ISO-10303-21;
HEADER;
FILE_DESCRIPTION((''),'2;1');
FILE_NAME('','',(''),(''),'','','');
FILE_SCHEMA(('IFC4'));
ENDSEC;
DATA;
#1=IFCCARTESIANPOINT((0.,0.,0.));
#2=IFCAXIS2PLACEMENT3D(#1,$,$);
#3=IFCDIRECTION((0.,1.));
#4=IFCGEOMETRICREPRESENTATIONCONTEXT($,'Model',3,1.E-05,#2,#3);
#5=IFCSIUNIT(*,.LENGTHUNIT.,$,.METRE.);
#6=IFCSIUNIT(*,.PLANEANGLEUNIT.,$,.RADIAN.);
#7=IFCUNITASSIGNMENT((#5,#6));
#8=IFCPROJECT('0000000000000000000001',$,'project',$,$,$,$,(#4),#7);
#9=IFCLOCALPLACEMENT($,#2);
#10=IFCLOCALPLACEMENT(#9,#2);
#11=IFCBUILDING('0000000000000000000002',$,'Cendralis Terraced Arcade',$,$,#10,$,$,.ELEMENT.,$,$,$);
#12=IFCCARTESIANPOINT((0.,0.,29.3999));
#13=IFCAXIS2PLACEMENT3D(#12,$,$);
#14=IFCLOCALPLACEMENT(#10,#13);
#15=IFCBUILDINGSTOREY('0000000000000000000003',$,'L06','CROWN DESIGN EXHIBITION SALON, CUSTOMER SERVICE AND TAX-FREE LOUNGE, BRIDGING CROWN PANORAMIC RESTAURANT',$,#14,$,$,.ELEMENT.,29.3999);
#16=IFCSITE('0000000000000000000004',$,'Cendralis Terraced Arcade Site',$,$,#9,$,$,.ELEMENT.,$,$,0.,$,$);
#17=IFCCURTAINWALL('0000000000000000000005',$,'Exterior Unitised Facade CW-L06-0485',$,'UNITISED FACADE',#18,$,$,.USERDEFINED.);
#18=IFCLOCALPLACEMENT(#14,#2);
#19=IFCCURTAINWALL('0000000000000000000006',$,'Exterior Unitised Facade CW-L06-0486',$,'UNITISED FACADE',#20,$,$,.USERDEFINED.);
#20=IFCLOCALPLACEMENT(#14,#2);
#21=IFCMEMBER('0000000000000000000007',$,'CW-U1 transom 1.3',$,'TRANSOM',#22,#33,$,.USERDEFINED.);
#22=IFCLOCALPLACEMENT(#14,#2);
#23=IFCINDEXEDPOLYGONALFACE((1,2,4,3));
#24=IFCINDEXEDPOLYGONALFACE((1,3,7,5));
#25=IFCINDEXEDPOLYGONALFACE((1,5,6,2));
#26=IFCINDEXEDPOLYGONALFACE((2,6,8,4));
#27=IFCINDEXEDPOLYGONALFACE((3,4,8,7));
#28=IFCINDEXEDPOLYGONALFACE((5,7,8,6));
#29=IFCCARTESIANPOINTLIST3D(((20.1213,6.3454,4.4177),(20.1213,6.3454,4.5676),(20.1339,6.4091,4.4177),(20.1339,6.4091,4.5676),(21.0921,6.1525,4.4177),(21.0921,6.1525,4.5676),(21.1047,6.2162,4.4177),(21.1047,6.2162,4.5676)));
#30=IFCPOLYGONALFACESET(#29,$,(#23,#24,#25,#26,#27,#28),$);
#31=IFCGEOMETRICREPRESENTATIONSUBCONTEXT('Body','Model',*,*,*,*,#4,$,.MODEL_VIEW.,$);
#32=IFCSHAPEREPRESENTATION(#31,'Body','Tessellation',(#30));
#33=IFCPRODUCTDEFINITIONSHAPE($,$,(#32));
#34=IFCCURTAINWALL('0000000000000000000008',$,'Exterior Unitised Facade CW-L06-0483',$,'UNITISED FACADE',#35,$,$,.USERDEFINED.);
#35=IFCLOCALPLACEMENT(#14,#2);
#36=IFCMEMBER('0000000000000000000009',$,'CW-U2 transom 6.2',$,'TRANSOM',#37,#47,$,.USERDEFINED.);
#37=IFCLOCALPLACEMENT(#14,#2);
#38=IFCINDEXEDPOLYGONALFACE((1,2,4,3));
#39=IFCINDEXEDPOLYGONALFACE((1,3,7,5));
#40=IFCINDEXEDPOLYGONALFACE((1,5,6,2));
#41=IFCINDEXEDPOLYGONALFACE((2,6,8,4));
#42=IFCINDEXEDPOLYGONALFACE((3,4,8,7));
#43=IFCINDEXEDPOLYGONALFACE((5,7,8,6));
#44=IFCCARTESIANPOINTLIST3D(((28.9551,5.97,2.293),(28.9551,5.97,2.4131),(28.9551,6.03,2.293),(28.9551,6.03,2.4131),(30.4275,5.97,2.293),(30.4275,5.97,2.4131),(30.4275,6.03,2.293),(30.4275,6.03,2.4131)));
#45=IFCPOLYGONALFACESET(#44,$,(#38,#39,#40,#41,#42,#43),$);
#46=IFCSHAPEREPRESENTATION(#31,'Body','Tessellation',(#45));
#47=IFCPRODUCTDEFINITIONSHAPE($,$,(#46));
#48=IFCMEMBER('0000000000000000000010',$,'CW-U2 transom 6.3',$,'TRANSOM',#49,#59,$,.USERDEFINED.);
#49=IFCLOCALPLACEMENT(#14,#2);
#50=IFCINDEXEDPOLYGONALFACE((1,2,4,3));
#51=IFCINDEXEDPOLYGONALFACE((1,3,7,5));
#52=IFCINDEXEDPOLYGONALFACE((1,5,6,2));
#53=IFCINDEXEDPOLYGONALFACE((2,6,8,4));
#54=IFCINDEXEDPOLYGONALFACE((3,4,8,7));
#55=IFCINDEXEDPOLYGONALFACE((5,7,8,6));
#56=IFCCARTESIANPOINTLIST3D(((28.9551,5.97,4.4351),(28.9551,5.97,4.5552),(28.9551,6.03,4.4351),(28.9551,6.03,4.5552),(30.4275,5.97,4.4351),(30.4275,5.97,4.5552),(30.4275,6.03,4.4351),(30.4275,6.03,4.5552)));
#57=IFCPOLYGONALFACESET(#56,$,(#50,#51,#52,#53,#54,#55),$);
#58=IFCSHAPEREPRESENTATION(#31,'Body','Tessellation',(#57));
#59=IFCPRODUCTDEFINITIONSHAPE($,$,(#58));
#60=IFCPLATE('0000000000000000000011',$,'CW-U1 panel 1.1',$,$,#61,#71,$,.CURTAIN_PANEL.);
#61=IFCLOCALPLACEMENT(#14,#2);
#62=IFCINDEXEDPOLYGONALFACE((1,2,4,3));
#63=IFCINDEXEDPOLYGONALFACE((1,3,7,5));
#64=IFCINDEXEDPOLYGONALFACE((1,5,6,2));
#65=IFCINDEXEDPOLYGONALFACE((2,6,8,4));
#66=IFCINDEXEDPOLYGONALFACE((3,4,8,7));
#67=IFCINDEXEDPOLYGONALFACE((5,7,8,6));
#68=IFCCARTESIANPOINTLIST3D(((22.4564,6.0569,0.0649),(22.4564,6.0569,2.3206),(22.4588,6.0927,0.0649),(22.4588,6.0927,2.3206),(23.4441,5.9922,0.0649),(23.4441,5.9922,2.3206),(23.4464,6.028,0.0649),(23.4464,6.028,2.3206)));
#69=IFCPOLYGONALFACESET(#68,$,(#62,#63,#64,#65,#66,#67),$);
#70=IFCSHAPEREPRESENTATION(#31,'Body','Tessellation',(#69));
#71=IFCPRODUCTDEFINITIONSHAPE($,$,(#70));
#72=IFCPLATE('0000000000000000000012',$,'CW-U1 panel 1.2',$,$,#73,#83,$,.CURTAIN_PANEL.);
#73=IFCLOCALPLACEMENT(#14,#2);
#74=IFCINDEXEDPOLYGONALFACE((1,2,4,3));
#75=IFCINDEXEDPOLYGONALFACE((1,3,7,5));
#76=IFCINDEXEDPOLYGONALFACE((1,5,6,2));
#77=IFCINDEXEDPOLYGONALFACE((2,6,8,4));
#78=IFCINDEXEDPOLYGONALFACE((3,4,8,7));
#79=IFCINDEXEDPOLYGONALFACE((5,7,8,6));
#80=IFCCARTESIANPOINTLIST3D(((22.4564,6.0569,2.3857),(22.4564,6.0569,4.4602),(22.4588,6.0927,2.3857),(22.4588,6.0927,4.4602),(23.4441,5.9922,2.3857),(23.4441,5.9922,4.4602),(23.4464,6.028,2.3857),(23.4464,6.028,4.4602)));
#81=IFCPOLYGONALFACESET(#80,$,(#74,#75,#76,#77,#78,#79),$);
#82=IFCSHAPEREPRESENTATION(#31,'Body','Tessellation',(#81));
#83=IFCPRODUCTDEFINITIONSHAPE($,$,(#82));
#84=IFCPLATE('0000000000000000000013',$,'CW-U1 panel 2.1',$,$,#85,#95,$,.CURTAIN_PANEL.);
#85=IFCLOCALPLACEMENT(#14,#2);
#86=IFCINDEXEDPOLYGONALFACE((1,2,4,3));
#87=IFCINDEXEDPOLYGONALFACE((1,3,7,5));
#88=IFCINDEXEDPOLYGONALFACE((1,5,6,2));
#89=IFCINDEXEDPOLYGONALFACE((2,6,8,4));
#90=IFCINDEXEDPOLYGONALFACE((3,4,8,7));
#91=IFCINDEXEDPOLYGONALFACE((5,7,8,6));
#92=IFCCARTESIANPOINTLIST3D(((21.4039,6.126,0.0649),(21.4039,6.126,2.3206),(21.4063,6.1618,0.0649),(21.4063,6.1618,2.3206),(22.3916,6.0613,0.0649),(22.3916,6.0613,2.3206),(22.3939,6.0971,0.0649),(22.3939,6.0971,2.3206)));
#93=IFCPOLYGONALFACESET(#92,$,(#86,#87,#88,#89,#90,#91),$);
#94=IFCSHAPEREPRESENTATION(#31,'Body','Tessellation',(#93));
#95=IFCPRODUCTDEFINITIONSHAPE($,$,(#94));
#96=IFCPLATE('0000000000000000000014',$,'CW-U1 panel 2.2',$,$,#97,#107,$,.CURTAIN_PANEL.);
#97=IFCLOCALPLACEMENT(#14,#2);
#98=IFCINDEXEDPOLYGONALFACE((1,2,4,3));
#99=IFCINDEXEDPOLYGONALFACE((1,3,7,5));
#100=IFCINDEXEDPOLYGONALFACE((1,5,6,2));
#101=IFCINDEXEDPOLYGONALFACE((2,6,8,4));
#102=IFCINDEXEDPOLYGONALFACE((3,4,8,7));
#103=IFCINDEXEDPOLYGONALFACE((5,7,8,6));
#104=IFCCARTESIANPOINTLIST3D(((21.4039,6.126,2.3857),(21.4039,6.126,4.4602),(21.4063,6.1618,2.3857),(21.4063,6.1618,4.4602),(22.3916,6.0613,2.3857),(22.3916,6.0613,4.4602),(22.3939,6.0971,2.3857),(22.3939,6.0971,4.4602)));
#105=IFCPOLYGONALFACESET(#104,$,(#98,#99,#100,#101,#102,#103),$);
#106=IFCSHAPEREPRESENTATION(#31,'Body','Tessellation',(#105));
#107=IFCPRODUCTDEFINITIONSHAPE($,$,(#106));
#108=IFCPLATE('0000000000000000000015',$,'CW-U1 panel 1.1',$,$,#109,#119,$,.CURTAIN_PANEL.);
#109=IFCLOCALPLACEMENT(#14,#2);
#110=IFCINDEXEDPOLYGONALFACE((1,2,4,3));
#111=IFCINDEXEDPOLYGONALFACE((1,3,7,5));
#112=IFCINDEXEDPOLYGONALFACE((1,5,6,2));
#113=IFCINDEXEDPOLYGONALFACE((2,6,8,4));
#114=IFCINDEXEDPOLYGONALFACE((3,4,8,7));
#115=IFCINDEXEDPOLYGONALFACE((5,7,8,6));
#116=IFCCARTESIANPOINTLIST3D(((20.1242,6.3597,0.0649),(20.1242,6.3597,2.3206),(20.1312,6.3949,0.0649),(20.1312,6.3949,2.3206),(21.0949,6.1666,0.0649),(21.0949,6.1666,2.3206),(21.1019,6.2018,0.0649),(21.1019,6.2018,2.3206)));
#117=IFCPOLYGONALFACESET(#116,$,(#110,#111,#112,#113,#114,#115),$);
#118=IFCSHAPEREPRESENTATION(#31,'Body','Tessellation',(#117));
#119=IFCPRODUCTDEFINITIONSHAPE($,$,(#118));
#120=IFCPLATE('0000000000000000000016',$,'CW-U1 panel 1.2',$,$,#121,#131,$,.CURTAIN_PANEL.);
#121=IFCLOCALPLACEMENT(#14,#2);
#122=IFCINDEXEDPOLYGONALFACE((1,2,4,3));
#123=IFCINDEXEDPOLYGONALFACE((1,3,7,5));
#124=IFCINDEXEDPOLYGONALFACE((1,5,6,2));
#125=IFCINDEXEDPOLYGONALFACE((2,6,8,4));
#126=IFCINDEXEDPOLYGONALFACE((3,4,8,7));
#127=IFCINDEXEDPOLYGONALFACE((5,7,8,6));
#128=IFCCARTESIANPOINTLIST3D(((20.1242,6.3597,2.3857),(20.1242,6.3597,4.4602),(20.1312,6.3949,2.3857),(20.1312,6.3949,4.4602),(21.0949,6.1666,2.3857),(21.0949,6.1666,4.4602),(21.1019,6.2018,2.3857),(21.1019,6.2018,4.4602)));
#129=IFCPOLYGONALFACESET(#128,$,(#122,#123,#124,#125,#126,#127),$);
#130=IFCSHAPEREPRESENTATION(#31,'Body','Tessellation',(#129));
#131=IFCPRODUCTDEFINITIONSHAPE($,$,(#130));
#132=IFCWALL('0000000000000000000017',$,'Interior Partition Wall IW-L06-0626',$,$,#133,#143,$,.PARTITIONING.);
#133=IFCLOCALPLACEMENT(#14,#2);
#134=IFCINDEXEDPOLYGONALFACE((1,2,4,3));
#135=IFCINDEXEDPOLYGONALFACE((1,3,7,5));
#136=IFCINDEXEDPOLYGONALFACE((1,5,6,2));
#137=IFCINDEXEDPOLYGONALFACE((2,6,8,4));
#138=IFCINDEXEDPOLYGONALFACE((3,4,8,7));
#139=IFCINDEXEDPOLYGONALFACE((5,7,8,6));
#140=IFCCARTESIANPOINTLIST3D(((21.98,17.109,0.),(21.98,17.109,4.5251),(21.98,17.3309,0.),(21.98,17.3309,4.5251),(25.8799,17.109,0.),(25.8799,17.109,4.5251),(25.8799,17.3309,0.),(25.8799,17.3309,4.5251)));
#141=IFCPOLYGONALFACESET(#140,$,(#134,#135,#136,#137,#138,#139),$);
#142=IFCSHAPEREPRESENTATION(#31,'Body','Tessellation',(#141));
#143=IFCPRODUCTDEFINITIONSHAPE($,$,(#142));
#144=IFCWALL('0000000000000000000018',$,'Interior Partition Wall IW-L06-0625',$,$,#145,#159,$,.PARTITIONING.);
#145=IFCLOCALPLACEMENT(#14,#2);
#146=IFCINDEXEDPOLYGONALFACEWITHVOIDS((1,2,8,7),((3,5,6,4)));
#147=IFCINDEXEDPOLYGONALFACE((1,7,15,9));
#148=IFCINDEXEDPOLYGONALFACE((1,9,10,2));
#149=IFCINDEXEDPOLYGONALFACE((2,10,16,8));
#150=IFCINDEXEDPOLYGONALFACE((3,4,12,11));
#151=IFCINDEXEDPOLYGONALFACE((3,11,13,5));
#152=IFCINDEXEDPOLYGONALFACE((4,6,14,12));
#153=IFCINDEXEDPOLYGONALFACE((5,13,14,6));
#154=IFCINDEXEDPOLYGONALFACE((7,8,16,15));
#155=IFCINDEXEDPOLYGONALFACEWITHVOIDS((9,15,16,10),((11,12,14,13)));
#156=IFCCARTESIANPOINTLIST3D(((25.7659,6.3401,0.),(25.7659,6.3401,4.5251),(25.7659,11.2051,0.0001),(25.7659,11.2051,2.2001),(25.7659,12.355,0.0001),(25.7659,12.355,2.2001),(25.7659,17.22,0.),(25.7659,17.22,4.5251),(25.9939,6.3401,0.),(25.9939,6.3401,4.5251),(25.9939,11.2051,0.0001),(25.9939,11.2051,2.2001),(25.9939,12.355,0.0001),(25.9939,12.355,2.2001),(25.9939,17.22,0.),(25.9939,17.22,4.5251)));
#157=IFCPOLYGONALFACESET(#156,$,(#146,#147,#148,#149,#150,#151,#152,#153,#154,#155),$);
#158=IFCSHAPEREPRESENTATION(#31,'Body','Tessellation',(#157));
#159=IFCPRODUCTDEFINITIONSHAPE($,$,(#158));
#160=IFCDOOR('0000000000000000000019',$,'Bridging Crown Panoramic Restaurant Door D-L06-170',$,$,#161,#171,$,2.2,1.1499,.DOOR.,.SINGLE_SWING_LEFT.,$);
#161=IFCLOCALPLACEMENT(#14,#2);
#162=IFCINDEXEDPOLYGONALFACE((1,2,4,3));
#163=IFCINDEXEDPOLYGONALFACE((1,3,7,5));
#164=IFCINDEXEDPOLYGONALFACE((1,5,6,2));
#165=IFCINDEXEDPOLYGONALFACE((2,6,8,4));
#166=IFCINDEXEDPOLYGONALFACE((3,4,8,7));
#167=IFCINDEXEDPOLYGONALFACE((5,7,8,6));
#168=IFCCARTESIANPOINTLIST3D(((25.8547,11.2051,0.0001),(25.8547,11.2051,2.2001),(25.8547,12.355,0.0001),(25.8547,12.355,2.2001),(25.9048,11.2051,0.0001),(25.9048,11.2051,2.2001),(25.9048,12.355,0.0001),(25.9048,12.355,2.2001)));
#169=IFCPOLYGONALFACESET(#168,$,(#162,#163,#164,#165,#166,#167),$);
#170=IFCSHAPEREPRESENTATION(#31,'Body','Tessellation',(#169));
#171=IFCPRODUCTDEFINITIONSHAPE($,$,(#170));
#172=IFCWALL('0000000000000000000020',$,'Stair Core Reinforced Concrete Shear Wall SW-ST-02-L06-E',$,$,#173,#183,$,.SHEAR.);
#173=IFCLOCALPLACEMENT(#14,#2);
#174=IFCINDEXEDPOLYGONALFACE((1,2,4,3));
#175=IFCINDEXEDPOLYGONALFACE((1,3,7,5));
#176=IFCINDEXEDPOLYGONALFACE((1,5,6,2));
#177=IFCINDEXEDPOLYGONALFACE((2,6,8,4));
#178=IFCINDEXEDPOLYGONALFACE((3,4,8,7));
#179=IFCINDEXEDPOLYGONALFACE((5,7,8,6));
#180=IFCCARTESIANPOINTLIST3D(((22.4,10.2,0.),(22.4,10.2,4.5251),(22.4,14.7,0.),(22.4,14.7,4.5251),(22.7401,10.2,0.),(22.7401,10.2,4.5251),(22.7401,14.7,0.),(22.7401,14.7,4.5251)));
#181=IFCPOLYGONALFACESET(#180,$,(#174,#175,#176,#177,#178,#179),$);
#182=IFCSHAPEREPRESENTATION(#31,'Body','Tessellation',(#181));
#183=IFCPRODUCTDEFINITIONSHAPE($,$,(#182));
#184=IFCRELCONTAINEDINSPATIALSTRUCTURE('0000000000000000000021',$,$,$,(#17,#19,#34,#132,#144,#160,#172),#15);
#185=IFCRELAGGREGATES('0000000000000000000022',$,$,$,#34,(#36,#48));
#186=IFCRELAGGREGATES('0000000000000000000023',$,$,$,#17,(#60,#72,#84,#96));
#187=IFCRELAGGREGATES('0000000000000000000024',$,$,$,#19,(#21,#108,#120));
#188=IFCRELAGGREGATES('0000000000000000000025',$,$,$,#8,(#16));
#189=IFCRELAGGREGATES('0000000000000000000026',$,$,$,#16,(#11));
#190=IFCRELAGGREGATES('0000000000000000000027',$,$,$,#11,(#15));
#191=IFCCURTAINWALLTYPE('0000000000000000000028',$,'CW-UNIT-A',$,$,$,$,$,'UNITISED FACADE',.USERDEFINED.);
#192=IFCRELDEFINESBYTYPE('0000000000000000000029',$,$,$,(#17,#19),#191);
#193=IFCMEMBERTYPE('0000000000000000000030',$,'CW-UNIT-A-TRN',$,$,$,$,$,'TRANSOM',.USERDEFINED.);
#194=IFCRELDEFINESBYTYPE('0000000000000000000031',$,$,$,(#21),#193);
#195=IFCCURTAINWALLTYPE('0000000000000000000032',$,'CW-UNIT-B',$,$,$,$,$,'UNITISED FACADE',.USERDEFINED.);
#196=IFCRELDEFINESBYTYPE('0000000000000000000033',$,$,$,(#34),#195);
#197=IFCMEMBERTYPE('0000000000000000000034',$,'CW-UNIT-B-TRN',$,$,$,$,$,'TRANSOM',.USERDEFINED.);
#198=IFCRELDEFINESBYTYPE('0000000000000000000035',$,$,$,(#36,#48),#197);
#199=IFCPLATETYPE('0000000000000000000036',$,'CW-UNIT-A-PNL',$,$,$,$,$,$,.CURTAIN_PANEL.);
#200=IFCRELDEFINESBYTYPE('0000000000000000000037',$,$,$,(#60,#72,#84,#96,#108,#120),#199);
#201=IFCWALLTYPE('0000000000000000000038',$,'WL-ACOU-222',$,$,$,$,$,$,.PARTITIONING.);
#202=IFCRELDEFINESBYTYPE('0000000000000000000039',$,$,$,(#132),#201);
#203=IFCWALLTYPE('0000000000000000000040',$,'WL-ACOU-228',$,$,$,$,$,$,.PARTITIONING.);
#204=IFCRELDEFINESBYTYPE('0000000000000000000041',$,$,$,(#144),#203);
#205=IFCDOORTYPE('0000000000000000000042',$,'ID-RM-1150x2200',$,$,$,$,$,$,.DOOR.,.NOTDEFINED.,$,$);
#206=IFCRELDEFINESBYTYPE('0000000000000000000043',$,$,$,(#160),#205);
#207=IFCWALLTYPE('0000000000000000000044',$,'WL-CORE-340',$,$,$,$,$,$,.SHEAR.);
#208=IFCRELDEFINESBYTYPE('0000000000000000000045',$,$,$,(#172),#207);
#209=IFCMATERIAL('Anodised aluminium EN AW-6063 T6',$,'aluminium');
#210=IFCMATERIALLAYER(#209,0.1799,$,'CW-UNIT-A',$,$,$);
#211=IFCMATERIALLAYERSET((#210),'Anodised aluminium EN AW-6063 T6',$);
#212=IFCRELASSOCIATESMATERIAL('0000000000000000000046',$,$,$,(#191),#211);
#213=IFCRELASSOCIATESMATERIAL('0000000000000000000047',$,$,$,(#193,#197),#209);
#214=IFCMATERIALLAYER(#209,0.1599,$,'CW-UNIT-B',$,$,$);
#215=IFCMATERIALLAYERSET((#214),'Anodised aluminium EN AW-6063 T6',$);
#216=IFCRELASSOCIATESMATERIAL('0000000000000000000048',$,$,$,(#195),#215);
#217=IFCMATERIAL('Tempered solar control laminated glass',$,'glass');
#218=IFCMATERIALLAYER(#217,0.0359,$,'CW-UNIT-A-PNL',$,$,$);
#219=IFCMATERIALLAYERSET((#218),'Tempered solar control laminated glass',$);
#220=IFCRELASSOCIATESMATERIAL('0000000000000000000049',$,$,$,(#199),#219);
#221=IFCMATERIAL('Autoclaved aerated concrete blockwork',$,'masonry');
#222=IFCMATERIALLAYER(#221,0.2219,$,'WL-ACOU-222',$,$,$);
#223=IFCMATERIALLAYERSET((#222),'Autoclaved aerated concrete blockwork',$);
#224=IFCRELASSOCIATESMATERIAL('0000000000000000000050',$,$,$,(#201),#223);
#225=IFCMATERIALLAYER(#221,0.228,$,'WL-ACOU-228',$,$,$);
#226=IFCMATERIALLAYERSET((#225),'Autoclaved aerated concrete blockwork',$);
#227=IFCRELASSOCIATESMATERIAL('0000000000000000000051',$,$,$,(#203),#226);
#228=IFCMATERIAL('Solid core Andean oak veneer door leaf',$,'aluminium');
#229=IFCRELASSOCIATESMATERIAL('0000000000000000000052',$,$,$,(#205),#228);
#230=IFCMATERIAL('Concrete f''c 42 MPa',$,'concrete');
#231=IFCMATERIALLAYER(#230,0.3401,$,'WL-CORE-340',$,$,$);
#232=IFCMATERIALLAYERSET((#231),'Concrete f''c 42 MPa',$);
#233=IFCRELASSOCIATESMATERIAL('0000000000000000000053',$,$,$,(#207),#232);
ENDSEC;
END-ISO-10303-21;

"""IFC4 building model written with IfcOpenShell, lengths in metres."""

from ifc_helpers import new_model, si_unit, direction, frame, frame_2d, origin, origin_2d, place, context, subcontext, project, spatial, rectangle, extrude, material, layer, layer_set, material_profile, profile_set, type_object, element, fill, aggregate, save


model = new_model("IFC4")

# Units and contexts
model_context = context("Model", 3, precision=1e-05, world=origin(), true_north=direction((0.0, 1.0)))
body_context = subcontext(model_context, "Body", "Model", "MODEL_VIEW")
ifc_project = project(units=[si_unit("LENGTHUNIT", "METRE"), si_unit("PLANEANGLEUNIT", "RADIAN")], contexts=[model_context])

# Site, building, storey
site_placement = place(None, origin())
site = spatial("IfcSite", under=ifc_project, at=site_placement, Name="Cendralis Terraced Arcade Site", CompositionType="ELEMENT", RefElevation=0.0)
building_placement = place(site_placement, origin())
building = spatial("IfcBuilding", under=site, at=building_placement, Name="Cendralis Terraced Arcade", CompositionType="ELEMENT")
storey_placement = place(building_placement, frame((0.0, 0.0, 29.3999)))
storey = spatial("IfcBuildingStorey", under=building, at=storey_placement, Name="L06", Description="CROWN DESIGN EXHIBITION SALON, CUSTOMER SERVICE AND TAX-FREE LOUNGE, BRIDGING CROWN PANORAMIC RESTAURANT", CompositionType="ELEMENT", Elevation=29.3999)

# Shared definitions
ifc_material_1 = material(Name="Concrete f'c 42 MPa", Category="concrete")

# Curtain walls
ifc_material_2 = material(Name="Anodised aluminium EN AW-6063 T6", Category="aluminium")
ifc_layer_1 = layer(ifc_material_2, 0.1799, Name="CW-UNIT-A")
ifc_layer_set_1 = layer_set([ifc_layer_1], Name="Anodised aluminium EN AW-6063 T6")
curtain_wall_type_1 = type_object("IfcCurtainWallType", Name="CW-UNIT-A", ElementType="UNITISED FACADE", PredefinedType="USERDEFINED", material=ifc_layer_set_1)
curtain_wall_1_placement = place(storey_placement, origin())
curtain_wall_1 = element("IfcCurtainWall", 1, at=curtain_wall_1_placement, inside=storey, type_object=curtain_wall_type_1, Name="Exterior Unitised Facade CW-L06-0485", ObjectType="UNITISED FACADE", PredefinedType="USERDEFINED")
curtain_wall_2_placement = place(storey_placement, origin())
curtain_wall_2 = element("IfcCurtainWall", 2, at=curtain_wall_2_placement, inside=storey, type_object=curtain_wall_type_1, Name="Exterior Unitised Facade CW-L06-0486", ObjectType="UNITISED FACADE", PredefinedType="USERDEFINED")

# Member
ifc_material_profile_1 = material_profile(ifc_material_2, rectangle(XDim=0.0649, YDim=0.1499, at=origin_2d()), Name="ALU-TRN-65x150")
ifc_profile_set_1 = profile_set([ifc_material_profile_1], Name="Anodised aluminium EN AW-6063 T6")
member_type_1 = type_object("IfcMemberType", Name="CW-UNIT-A-TRN", ElementType="TRANSOM", PredefinedType="USERDEFINED", material=ifc_profile_set_1)
member_1_placement = place(storey_placement, frame((21.0984, 6.1843, 4.4927), z_axis=(-0.980827, 0.194883, 0.0), x_axis=(-0.194883, -0.980827, 0.0)))
member_1 = element("IfcMember", 3, at=member_1_placement, type_object=member_type_1, Name="CW-U1 transom 1.3", ObjectType="TRANSOM", PredefinedType="USERDEFINED", context=body_context, shape_type="SweptSolid", body=[
    extrude(rectangle(XDim=0.0649, YDim=0.1499, at=origin_2d()), origin(), (0.0, 0.0, 1.0), 0.9897),
])

# Curtain wall, members
ifc_layer_2 = layer(ifc_material_2, 0.1599, Name="CW-UNIT-B")
ifc_layer_set_2 = layer_set([ifc_layer_2], Name="Anodised aluminium EN AW-6063 T6")
curtain_wall_type_2 = type_object("IfcCurtainWallType", Name="CW-UNIT-B", ElementType="UNITISED FACADE", PredefinedType="USERDEFINED", material=ifc_layer_set_2)
curtain_wall_3_placement = place(storey_placement, origin())
curtain_wall_3 = element("IfcCurtainWall", 4, at=curtain_wall_3_placement, inside=storey, type_object=curtain_wall_type_2, Name="Exterior Unitised Facade CW-L06-0483", ObjectType="UNITISED FACADE", PredefinedType="USERDEFINED")
ifc_material_profile_2 = material_profile(ifc_material_2, rectangle(XDim=0.0601, YDim=0.1201, at=origin_2d()), Name="ALU-TRN-60x120")
ifc_profile_set_2 = profile_set([ifc_material_profile_2], Name="Anodised aluminium EN AW-6063 T6")
member_type_2 = type_object("IfcMemberType", Name="CW-UNIT-B-TRN", ElementType="TRANSOM", PredefinedType="USERDEFINED", material=ifc_profile_set_2)
member_2_placement = place(storey_placement, frame((30.4275, 6.0, 2.353), z_axis=(-1.0, 0.0, 0.0), x_axis=(0.0, -1.0, 0.0)))
member_2 = element("IfcMember", 5, at=member_2_placement, type_object=member_type_2, Name="CW-U2 transom 6.2", ObjectType="TRANSOM", PredefinedType="USERDEFINED", context=body_context, shape_type="SweptSolid", body=[
    extrude(rectangle(XDim=0.0601, YDim=0.1201, at=origin_2d()), origin(), (0.0, 0.0, 1.0), 1.4724),
])
member_3_placement = place(storey_placement, frame((30.4275, 6.0, 4.4951), z_axis=(-1.0, 0.0, 0.0), x_axis=(0.0, -1.0, 0.0)))
member_3 = element("IfcMember", 6, at=member_3_placement, type_object=member_type_2, Name="CW-U2 transom 6.3", ObjectType="TRANSOM", PredefinedType="USERDEFINED", context=body_context, shape_type="SweptSolid", body=[
    extrude(rectangle(XDim=0.0601, YDim=0.1201, at=origin_2d()), origin(), (0.0, 0.0, 1.0), 1.4724),
])
aggregate(curtain_wall_3, [member_2, member_3])

# Plates
ifc_material_3 = material(Name="Tempered solar control laminated glass", Category="glass")
ifc_layer_3 = layer(ifc_material_3, 0.0359, Name="CW-UNIT-A-PNL")
ifc_layer_set_3 = layer_set([ifc_layer_3], Name="Tempered solar control laminated glass")
plate_type = type_object("IfcPlateType", Name="CW-UNIT-A-PNL", PredefinedType="CURTAIN_PANEL", material=ifc_layer_set_3)
plate_1_placement = place(storey_placement, frame((22.9514, 6.0425, 0.0649), z_axis=(0.0, 0.0, 1.0), x_axis=(-0.99786, 0.065393, 0.0)))
plate_1 = element("IfcPlate", 7, at=plate_1_placement, type_object=plate_type, Name="CW-U1 panel 1.1", PredefinedType="CURTAIN_PANEL", context=body_context, shape_type="SweptSolid", body=[
    extrude(rectangle(XDim=0.9897, YDim=0.0359, at=origin_2d()), origin(), (0.0, 0.0, 1.0), 2.2556),
])
plate_2_placement = place(storey_placement, frame((22.9514, 6.0425, 2.3857), z_axis=(0.0, 0.0, 1.0), x_axis=(-0.99786, 0.065393, 0.0)))
plate_2 = element("IfcPlate", 8, at=plate_2_placement, type_object=plate_type, Name="CW-U1 panel 1.2", PredefinedType="CURTAIN_PANEL", context=body_context, shape_type="SweptSolid", body=[
    extrude(rectangle(XDim=0.9897, YDim=0.0359, at=origin_2d()), origin(), (0.0, 0.0, 1.0), 2.0745),
])
plate_3_placement = place(storey_placement, frame((21.8989, 6.1116, 0.0649), z_axis=(0.0, 0.0, 1.0), x_axis=(-0.99786, 0.065393, 0.0)))
plate_3 = element("IfcPlate", 9, at=plate_3_placement, type_object=plate_type, Name="CW-U1 panel 2.1", PredefinedType="CURTAIN_PANEL", context=body_context, shape_type="SweptSolid", body=[
    extrude(rectangle(XDim=0.9897, YDim=0.0359, at=origin_2d()), origin(), (0.0, 0.0, 1.0), 2.2556),
])
plate_4_placement = place(storey_placement, frame((21.8989, 6.1116, 2.3857), z_axis=(0.0, 0.0, 1.0), x_axis=(-0.99786, 0.065393, 0.0)))
plate_4 = element("IfcPlate", 10, at=plate_4_placement, type_object=plate_type, Name="CW-U1 panel 2.2", PredefinedType="CURTAIN_PANEL", context=body_context, shape_type="SweptSolid", body=[
    extrude(rectangle(XDim=0.9897, YDim=0.0359, at=origin_2d()), origin(), (0.0, 0.0, 1.0), 2.0745),
])
aggregate(curtain_wall_1, [plate_1, plate_2, plate_3, plate_4])
plate_5_placement = place(storey_placement, frame((20.613, 6.2808, 0.0649), z_axis=(0.0, 0.0, 1.0), x_axis=(-0.980794, 0.195046, 0.0)))
plate_5 = element("IfcPlate", 11, at=plate_5_placement, type_object=plate_type, Name="CW-U1 panel 1.1", PredefinedType="CURTAIN_PANEL", context=body_context, shape_type="SweptSolid", body=[
    extrude(rectangle(XDim=0.9897, YDim=0.0359, at=origin_2d()), origin(), (0.0, 0.0, 1.0), 2.2556),
])
plate_6_placement = place(storey_placement, frame((20.613, 6.2808, 2.3857), z_axis=(0.0, 0.0, 1.0), x_axis=(-0.980794, 0.195046, 0.0)))
plate_6 = element("IfcPlate", 12, at=plate_6_placement, type_object=plate_type, Name="CW-U1 panel 1.2", PredefinedType="CURTAIN_PANEL", context=body_context, shape_type="SweptSolid", body=[
    extrude(rectangle(XDim=0.9897, YDim=0.0359, at=origin_2d()), origin(), (0.0, 0.0, 1.0), 2.0745),
])
aggregate(curtain_wall_2, [member_1, plate_5, plate_6])

# Wall
ifc_material_4 = material(Name="Autoclaved aerated concrete blockwork", Category="masonry")
ifc_layer_4 = layer(ifc_material_4, 0.2219, Name="WL-ACOU-222")
ifc_layer_set_4 = layer_set([ifc_layer_4], Name="Autoclaved aerated concrete blockwork")
wall_type_1 = type_object("IfcWallType", Name="WL-ACOU-222", PredefinedType="PARTITIONING", material=ifc_layer_set_4)
wall_1_placement = place(storey_placement, frame((21.98, 17.22, 0.0), z_axis=(0.0, 0.0, 1.0), x_axis=(1.0, 0.0, 0.0)))
element("IfcWall", 13, at=wall_1_placement, inside=storey, type_object=wall_type_1, Name="Interior Partition Wall IW-L06-0626", PredefinedType="PARTITIONING", context=body_context, shape_type="SweptSolid", body=[
    extrude(rectangle(XDim=3.8999, YDim=0.2219, at=frame_2d((1.95, 0.0))), origin(), (0.0, 0.0, 1.0), 4.5251),
])

# Wall, opening, door
ifc_layer_5 = layer(ifc_material_4, 0.228, Name="WL-ACOU-228")
ifc_layer_set_5 = layer_set([ifc_layer_5], Name="Autoclaved aerated concrete blockwork")
wall_type_2 = type_object("IfcWallType", Name="WL-ACOU-228", PredefinedType="PARTITIONING", material=ifc_layer_set_5)
wall_2_placement = place(storey_placement, frame((25.8799, 17.22, 0.0), z_axis=(0.0, 0.0, 1.0), x_axis=(0.0, -1.0, 0.0)))
wall_2 = element("IfcWall", 14, at=wall_2_placement, inside=storey, type_object=wall_type_2, Name="Interior Partition Wall IW-L06-0625", PredefinedType="PARTITIONING", context=body_context, shape_type="SweptSolid", body=[
    extrude(rectangle(XDim=10.8799, YDim=0.228, at=frame_2d((5.4399, 0.0))), origin(), (0.0, 0.0, 1.0), 4.5251),
])
opening_1_placement = place(wall_2_placement, frame((4.865, 0.0, 0.0)))
opening_1 = element("IfcOpeningElement", 15, at=opening_1_placement, cuts=wall_2, PredefinedType="OPENING", context=body_context, shape_type="SweptSolid", body=[
    extrude(rectangle(XDim=1.1499, YDim=2.2, at=frame_2d((0.575, 1.1001))), frame((0.0, 0.126, 0.0), z_axis=(0.0, -1.0, 0.0), x_axis=(1.0, 0.0, 0.0)), (0.0, 0.0, 1.0), 0.252),
])
ifc_material_5 = material(Name="Solid core Andean oak veneer door leaf", Category="aluminium")
door_type_1 = type_object("IfcDoorType", Name="ID-RM-1150x2200", OperationType="NOTDEFINED", PredefinedType="DOOR", material=ifc_material_5)
door_1_placement = place(opening_1_placement, origin())
door_1 = element("IfcDoor", 16, at=door_1_placement, inside=storey, type_object=door_type_1, Name="Bridging Crown Panoramic Restaurant Door D-L06-170", OperationType="SINGLE_SWING_LEFT", OverallHeight=2.2, OverallWidth=1.1499, PredefinedType="DOOR", context=body_context, shape_type="SweptSolid", body=[
    extrude(rectangle(XDim=1.1499, YDim=2.2, at=frame_2d((0.575, 1.1001))), frame((0.0, 0.0249, 0.0), z_axis=(0.0, -1.0, 0.0), x_axis=(1.0, 0.0, 0.0)), (0.0, 0.0, 1.0), 0.05),
])
fill(opening_1, door_1)

# Wall
ifc_layer_6 = layer(ifc_material_1, 0.3401, Name="WL-CORE-340")
ifc_layer_set_6 = layer_set([ifc_layer_6], Name="Concrete f'c 42 MPa")
wall_type_3 = type_object("IfcWallType", Name="WL-CORE-340", PredefinedType="SHEAR", material=ifc_layer_set_6)
wall_3_placement = place(storey_placement, frame((22.5701, 10.2, 0.0), z_axis=(0.0, 0.0, 1.0), x_axis=(0.0, 1.0, 0.0)))
element("IfcWall", 17, at=wall_3_placement, inside=storey, type_object=wall_type_3, Name="Stair Core Reinforced Concrete Shear Wall SW-ST-02-L06-E", PredefinedType="SHEAR", context=body_context, shape_type="SweptSolid", body=[
    extrude(rectangle(XDim=4.5, YDim=0.3401, at=frame_2d((2.25, 0.0))), origin(), (0.0, 0.0, 1.0), 4.5251),
])

save(model, "model.ifc")
